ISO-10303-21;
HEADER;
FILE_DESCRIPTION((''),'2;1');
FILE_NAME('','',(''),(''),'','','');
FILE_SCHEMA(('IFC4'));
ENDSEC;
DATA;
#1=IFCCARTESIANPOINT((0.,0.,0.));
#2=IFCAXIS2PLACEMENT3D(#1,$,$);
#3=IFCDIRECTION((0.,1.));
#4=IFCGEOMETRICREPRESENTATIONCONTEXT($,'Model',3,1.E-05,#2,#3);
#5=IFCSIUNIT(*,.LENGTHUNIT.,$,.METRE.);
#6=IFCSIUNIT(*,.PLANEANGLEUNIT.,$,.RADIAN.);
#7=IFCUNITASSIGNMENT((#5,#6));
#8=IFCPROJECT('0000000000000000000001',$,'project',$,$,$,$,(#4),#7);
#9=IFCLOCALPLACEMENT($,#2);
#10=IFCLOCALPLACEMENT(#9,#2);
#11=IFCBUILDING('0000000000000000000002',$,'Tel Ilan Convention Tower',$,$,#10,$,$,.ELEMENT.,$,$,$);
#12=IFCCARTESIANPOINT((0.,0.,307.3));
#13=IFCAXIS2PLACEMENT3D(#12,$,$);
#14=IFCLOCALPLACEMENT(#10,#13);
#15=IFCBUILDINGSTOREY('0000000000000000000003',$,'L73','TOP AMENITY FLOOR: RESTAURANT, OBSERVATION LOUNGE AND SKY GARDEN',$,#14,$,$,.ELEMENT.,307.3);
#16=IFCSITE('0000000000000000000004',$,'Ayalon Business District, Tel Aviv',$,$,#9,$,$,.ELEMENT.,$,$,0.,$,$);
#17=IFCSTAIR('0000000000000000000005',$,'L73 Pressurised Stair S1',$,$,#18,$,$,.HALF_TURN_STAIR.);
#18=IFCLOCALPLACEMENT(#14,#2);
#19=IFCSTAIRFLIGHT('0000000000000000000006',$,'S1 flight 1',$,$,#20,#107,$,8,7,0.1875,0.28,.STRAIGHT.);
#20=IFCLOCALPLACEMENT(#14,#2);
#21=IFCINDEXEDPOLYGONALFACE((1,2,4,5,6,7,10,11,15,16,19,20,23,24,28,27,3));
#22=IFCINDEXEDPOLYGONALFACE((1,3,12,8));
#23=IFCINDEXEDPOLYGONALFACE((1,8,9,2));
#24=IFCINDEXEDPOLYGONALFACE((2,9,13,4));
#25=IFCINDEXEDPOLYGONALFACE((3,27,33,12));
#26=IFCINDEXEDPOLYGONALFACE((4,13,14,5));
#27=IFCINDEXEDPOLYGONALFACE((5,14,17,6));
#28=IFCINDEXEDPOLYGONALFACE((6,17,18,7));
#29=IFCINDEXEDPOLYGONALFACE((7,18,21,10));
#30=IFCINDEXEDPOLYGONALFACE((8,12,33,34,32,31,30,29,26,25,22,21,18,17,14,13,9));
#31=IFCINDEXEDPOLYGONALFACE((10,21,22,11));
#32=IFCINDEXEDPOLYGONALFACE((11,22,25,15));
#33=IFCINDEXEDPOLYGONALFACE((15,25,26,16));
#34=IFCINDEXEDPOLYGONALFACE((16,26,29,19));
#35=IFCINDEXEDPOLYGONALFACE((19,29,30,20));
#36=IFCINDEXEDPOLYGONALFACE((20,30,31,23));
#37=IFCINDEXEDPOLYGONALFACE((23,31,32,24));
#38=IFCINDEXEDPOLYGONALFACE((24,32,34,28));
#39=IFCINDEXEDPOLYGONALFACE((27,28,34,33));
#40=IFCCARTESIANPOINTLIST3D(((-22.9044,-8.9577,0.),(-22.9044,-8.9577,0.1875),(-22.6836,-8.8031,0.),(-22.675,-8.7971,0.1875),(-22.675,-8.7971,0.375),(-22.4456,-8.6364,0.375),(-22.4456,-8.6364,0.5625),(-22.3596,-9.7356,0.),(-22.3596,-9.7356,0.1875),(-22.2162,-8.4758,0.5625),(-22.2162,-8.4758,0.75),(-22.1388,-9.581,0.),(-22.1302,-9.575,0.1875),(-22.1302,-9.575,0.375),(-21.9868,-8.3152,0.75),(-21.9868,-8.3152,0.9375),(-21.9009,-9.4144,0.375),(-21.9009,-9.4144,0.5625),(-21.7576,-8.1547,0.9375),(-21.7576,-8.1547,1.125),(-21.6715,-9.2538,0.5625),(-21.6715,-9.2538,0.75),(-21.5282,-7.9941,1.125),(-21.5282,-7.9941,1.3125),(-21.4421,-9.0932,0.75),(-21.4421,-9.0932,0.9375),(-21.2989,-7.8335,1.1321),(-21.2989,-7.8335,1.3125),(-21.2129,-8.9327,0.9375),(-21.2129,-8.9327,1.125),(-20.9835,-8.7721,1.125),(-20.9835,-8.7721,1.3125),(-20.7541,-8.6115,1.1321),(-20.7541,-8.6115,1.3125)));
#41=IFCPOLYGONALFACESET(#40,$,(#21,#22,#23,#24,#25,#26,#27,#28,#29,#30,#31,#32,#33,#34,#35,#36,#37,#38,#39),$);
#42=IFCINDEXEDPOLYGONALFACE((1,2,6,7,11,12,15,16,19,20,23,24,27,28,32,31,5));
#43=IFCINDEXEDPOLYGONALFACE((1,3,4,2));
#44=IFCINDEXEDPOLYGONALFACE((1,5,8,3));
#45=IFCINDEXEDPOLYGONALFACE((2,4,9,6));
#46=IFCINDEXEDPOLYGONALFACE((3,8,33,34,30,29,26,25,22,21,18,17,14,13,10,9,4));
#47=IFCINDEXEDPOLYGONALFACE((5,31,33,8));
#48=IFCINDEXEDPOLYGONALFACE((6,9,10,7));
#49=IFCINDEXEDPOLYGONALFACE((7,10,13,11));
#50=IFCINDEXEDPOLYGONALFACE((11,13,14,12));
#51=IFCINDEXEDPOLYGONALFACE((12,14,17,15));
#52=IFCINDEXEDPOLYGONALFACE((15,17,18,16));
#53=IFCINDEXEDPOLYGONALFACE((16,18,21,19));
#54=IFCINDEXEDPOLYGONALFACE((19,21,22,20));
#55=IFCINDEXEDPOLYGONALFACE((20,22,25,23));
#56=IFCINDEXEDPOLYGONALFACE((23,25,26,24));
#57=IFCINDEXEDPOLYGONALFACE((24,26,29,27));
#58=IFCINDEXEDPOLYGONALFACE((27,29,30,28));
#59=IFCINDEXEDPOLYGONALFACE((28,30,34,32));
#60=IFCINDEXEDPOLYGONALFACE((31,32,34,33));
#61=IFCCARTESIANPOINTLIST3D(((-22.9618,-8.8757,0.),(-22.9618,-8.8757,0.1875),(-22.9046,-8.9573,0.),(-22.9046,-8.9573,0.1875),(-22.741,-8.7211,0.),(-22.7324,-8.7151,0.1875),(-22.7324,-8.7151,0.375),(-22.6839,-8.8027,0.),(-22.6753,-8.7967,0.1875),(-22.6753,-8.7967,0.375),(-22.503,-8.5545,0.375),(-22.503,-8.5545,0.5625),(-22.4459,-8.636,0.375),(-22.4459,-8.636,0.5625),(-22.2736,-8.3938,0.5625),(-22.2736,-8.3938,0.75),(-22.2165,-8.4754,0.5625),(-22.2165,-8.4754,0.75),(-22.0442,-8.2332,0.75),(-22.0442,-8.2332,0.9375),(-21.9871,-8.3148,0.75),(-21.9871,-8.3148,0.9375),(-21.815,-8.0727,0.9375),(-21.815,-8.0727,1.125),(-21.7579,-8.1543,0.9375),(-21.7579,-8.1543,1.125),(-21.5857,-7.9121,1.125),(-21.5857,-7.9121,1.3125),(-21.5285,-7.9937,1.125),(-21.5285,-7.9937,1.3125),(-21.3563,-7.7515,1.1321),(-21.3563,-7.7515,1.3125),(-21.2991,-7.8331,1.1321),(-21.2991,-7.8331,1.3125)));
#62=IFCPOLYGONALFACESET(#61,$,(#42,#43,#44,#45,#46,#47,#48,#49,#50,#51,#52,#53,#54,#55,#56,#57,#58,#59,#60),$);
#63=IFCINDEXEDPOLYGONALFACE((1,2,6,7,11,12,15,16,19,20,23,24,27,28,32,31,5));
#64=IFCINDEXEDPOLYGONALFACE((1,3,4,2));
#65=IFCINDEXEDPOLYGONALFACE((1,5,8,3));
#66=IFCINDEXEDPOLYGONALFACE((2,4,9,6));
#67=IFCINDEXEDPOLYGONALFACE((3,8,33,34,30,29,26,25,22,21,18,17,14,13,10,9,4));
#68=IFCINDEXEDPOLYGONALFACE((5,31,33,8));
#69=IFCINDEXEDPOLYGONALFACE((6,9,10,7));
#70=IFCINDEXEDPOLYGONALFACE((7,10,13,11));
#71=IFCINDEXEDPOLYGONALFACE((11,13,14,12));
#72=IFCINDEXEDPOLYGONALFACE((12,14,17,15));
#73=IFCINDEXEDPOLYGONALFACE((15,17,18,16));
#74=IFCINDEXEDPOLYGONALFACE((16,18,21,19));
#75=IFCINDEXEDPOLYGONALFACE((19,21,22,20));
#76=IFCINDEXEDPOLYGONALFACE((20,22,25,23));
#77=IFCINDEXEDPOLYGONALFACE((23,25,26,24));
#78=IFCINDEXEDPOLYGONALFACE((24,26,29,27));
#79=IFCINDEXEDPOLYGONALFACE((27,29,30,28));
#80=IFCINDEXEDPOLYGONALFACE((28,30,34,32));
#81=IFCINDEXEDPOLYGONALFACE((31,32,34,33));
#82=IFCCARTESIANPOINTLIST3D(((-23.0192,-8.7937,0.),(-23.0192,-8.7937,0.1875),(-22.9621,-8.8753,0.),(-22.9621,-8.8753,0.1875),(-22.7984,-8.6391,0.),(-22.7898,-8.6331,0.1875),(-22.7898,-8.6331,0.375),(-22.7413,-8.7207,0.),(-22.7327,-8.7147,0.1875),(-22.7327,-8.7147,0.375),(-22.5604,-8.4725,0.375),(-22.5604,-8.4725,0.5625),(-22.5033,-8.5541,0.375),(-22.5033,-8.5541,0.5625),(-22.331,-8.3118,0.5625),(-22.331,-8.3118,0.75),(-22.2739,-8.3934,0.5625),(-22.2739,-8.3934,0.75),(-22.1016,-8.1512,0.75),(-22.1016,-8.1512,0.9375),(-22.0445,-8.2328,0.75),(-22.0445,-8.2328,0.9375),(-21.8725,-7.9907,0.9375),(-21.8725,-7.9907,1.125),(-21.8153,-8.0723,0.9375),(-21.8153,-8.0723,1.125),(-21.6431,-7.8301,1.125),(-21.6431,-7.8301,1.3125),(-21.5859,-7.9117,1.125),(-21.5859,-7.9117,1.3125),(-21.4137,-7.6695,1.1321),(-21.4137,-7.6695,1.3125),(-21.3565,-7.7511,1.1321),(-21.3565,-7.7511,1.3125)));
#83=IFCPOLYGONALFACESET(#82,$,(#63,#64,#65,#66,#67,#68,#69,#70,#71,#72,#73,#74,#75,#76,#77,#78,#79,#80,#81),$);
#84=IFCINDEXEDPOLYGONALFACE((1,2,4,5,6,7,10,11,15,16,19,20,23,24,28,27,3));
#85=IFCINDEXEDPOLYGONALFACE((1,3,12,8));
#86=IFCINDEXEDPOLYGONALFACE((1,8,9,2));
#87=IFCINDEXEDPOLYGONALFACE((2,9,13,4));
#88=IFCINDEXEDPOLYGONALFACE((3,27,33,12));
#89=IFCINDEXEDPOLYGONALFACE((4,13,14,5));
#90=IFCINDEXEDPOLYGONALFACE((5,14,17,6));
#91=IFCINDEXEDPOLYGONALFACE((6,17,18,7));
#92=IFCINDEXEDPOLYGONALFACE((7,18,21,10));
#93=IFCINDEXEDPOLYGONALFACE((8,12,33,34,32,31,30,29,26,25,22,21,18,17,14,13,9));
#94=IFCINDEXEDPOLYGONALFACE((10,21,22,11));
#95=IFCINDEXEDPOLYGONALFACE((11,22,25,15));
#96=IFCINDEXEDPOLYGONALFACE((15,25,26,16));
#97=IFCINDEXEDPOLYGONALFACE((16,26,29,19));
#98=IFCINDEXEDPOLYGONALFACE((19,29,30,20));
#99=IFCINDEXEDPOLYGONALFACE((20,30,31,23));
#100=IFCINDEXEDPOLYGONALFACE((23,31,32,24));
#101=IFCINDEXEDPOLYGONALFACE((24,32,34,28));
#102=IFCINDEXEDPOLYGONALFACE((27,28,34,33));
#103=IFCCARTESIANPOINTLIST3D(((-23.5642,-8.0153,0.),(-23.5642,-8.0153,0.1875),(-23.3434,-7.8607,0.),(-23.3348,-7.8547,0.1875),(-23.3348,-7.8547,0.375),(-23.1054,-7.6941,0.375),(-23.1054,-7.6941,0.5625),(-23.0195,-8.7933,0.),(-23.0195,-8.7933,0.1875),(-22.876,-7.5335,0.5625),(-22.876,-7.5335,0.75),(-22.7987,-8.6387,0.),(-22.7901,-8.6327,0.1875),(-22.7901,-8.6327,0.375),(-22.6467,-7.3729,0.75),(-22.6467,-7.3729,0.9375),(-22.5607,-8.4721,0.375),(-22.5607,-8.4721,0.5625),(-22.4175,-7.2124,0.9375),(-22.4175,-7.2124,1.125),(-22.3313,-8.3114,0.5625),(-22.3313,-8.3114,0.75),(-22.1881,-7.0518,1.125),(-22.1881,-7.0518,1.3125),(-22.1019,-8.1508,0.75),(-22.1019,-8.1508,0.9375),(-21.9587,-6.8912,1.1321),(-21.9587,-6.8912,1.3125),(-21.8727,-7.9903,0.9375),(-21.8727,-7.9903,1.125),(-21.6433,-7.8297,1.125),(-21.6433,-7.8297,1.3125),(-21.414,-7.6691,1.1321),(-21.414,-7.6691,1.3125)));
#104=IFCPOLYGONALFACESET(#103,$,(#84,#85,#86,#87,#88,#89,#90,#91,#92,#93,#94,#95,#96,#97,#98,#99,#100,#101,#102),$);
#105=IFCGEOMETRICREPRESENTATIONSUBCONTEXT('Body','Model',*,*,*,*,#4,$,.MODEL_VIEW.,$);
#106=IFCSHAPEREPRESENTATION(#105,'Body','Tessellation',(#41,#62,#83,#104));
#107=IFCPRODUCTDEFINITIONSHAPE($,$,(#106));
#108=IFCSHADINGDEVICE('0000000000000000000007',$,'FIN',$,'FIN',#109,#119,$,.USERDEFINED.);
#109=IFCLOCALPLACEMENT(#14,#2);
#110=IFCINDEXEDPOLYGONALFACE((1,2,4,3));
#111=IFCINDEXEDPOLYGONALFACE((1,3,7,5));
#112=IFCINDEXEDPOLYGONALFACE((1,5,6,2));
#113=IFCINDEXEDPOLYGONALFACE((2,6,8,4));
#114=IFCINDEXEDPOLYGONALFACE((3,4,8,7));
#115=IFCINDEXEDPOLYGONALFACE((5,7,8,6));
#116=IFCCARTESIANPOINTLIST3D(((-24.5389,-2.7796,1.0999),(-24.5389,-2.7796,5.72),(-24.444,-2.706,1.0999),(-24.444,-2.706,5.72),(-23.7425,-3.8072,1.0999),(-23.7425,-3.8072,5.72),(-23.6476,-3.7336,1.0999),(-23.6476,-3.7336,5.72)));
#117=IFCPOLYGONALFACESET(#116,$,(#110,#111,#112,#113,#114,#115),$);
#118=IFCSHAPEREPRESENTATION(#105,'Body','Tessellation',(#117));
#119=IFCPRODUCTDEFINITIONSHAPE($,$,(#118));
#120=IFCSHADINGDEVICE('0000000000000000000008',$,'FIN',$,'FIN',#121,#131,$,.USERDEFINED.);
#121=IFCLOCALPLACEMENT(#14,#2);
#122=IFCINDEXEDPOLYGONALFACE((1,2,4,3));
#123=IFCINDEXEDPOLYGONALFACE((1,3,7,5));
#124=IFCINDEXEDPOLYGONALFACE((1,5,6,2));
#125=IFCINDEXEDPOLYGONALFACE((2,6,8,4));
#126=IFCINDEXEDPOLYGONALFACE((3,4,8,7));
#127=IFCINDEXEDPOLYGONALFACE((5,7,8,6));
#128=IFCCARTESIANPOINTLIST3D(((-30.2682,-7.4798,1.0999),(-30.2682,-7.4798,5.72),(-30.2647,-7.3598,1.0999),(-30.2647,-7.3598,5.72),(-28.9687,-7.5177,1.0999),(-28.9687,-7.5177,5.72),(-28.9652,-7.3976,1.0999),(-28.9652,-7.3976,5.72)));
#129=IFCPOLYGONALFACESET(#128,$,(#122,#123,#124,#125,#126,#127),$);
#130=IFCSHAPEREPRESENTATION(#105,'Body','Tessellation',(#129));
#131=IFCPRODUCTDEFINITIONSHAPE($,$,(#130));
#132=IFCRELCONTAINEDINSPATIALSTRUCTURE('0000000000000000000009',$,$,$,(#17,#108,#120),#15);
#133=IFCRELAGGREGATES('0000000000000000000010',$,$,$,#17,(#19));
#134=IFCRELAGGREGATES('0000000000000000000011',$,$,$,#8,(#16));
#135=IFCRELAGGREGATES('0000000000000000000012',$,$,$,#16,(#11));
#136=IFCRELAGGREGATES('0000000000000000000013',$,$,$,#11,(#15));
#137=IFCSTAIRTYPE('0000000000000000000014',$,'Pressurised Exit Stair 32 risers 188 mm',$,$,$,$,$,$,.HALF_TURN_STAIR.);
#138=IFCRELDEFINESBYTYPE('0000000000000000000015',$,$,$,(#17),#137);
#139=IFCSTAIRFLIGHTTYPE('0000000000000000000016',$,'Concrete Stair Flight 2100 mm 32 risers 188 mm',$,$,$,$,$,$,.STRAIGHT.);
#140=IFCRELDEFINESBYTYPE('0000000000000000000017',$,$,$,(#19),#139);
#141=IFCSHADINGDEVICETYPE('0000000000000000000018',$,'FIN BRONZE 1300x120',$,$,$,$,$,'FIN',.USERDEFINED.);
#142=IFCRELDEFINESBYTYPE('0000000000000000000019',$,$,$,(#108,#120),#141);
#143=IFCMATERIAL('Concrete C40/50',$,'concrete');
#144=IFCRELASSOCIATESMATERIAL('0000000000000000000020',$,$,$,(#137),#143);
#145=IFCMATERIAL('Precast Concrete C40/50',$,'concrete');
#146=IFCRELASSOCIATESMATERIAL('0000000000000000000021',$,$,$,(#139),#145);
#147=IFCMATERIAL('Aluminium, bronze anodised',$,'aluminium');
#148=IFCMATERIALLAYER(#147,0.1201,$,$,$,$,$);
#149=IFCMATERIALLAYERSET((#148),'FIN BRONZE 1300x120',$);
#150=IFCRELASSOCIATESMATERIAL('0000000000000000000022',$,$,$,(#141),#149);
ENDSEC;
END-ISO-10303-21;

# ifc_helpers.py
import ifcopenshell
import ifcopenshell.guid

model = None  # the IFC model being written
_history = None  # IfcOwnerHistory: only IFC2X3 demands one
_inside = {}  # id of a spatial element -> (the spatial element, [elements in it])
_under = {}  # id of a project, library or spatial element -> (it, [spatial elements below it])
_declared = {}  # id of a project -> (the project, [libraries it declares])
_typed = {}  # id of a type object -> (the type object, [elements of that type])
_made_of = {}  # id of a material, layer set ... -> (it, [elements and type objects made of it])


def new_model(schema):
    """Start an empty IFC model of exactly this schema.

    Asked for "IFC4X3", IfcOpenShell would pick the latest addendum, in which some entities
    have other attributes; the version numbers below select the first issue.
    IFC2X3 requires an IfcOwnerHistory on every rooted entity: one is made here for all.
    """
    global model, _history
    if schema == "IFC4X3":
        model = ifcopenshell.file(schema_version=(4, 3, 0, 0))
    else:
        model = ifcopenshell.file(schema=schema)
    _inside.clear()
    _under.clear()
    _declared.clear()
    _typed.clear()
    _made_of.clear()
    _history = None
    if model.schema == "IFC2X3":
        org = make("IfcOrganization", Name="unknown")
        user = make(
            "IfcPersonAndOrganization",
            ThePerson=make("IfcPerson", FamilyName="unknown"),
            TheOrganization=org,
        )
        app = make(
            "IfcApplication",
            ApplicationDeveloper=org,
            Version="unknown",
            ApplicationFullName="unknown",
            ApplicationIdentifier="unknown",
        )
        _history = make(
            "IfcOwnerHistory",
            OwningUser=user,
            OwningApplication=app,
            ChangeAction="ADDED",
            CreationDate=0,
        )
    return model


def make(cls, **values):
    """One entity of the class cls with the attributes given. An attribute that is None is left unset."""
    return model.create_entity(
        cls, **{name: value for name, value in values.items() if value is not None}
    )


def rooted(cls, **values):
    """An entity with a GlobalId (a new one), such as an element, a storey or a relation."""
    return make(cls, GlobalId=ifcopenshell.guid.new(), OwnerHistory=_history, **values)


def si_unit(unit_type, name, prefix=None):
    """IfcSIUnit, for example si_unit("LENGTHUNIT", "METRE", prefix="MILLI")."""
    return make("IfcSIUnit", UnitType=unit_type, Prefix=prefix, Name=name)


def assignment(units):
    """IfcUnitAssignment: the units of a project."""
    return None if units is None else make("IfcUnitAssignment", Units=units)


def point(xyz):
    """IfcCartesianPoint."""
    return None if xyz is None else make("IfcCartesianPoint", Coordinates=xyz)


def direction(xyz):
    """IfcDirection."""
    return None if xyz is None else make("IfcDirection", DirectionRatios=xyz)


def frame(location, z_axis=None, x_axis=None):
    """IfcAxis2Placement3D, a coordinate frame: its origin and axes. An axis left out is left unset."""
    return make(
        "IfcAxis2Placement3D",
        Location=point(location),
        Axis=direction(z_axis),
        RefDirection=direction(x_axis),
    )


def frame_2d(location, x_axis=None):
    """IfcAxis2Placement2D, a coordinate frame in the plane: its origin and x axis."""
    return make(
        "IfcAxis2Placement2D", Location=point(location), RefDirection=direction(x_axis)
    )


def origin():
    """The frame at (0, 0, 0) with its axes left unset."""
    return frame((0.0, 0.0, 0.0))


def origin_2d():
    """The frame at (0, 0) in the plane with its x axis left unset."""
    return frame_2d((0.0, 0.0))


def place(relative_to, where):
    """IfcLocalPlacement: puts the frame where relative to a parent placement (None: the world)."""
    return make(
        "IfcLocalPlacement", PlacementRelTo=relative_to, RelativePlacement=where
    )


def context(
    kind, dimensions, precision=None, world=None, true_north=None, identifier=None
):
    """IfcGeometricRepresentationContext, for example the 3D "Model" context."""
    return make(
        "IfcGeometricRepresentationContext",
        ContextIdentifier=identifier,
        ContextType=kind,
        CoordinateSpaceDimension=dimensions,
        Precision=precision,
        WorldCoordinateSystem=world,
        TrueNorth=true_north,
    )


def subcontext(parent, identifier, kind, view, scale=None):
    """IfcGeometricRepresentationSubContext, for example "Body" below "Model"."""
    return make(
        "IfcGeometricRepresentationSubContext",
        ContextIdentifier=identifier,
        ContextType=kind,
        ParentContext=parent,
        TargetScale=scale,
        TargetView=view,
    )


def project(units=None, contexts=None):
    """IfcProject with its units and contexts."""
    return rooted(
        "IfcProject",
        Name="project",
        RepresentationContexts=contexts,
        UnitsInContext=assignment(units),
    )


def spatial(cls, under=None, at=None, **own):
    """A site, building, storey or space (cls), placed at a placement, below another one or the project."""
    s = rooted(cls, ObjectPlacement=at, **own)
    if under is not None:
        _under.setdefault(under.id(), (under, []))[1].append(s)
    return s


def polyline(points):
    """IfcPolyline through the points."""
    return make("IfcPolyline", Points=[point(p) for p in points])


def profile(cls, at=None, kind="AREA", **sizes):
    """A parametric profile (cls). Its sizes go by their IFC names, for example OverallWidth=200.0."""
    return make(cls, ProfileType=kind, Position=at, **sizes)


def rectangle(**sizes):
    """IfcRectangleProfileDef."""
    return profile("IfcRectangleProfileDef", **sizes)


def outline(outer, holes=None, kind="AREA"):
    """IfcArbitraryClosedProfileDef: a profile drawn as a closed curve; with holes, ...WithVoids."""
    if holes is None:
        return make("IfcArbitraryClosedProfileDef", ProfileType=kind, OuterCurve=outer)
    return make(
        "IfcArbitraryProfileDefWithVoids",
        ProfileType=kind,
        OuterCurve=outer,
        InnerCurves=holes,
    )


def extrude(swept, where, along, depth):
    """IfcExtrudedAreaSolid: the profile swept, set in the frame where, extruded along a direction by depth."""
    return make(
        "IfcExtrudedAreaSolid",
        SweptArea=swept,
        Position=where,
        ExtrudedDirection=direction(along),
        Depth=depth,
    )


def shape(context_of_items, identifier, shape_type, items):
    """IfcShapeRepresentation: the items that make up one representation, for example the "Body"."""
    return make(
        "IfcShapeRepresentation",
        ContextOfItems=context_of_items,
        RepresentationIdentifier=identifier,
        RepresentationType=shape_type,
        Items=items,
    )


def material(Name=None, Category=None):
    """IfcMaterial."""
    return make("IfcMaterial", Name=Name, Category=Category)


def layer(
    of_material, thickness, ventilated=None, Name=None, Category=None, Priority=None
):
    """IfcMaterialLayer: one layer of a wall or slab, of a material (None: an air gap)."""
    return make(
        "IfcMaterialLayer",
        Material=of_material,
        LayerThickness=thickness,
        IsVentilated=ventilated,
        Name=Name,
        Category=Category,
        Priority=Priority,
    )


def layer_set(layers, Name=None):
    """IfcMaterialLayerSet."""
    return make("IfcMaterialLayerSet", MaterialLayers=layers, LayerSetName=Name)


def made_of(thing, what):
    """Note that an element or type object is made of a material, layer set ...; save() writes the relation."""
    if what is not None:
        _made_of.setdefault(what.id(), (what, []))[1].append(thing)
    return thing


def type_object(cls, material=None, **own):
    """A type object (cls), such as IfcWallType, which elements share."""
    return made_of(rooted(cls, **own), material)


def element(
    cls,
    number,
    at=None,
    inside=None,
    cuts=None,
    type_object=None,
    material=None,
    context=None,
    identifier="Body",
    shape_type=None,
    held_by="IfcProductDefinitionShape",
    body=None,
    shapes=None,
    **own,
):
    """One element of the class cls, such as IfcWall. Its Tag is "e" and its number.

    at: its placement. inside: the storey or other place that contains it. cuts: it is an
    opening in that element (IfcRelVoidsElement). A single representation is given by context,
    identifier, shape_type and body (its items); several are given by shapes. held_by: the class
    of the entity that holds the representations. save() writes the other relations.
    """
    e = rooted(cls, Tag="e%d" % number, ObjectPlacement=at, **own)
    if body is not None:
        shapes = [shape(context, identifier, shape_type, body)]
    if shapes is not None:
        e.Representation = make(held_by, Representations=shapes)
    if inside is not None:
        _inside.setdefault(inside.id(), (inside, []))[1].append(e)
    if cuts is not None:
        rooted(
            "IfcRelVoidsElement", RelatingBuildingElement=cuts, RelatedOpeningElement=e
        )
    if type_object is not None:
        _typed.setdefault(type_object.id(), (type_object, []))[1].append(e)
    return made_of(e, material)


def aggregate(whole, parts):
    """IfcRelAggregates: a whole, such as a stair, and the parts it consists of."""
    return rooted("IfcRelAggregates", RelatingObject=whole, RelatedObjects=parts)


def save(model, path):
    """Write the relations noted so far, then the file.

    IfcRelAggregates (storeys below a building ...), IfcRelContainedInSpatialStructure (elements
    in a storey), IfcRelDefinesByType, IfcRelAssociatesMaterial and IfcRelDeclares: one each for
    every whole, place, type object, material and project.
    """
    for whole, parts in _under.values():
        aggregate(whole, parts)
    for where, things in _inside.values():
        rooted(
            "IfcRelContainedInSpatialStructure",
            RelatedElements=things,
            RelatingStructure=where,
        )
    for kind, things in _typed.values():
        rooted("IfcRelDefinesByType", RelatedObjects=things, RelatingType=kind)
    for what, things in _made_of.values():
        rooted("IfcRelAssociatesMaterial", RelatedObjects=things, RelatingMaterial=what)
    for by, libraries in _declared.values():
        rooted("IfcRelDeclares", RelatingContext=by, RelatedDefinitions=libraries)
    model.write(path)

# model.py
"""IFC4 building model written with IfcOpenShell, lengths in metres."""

from ifc_helpers import new_model, si_unit, direction, frame, origin, origin_2d, place, context, subcontext, project, spatial, polyline, rectangle, outline, extrude, material, layer, layer_set, type_object, element, aggregate, save


model = new_model("IFC4")

# Units and contexts
model_context = context("Model", 3, precision=1e-05, world=origin(), true_north=direction((0.0, 1.0)))
body_context = subcontext(model_context, "Body", "Model", "MODEL_VIEW")
ifc_project = project(units=[si_unit("LENGTHUNIT", "METRE"), si_unit("PLANEANGLEUNIT", "RADIAN")], contexts=[model_context])

# Site, building, storey
site_placement = place(None, origin())
site = spatial("IfcSite", under=ifc_project, at=site_placement, Name="Ayalon Business District, Tel Aviv", CompositionType="ELEMENT", RefElevation=0.0)
building_placement = place(site_placement, origin())
building = spatial("IfcBuilding", under=site, at=building_placement, Name="Tel Ilan Convention Tower", CompositionType="ELEMENT")
storey_placement = place(building_placement, frame((0.0, 0.0, 307.3)))
storey = spatial("IfcBuildingStorey", under=building, at=storey_placement, Name="L73", Description="TOP AMENITY FLOOR: RESTAURANT, OBSERVATION LOUNGE AND SKY GARDEN", CompositionType="ELEMENT", Elevation=307.3)

# Stair, stair flight
ifc_material_1 = material(Name="Concrete C40/50", Category="concrete")
stair_type = type_object("IfcStairType", Name="Pressurised Exit Stair 32 risers 188 mm", PredefinedType="HALF_TURN_STAIR", material=ifc_material_1)
stair_placement = place(storey_placement, origin())
stair = element("IfcStair", 1, at=stair_placement, inside=storey, type_object=stair_type, Name="L73 Pressurised Stair S1", PredefinedType="HALF_TURN_STAIR")
ifc_material_2 = material(Name="Precast Concrete C40/50", Category="concrete")
stair_flight_type = type_object("IfcStairFlightType", Name="Concrete Stair Flight 2100 mm 32 risers 188 mm", PredefinedType="STRAIGHT", material=ifc_material_2)
stair_flight_placement = place(storey_placement, frame((-22.9619, -8.8755, 0.0), z_axis=(0.0, 0.0, 1.0), x_axis=(0.819152, 0.573576, 0.0)))
stair_flight = element("IfcStairFlight", 2, at=stair_flight_placement, type_object=stair_flight_type, Name="S1 flight 1", NumberOfRisers=8, NumberOfTreads=7, PredefinedType="STRAIGHT", RiserHeight=0.1875, TreadLength=0.28, context=body_context, shape_type="SweptSolid", body=[
    extrude(outline(polyline([(0.0, 0.0), (0.0, 0.1875), (0.28, 0.1875), (0.28, 0.375), (0.5601, 0.375), (0.5601, 0.5625), (0.8401, 0.5625), (0.8401, 0.75), (1.1201, 0.75), (1.1201, 0.9375), (1.3999, 0.9375), (1.3999, 1.125), (1.6799, 1.125), (1.6799, 1.3125), (1.96, 1.3125), (1.96, 1.5), (1.96, 1.1321), (0.2695, 0.0), (0.0, 0.0)])), frame((0.0, -0.1003, 0.0), z_axis=(0.0, -1.0, 0.0), x_axis=(1.0, 0.0, 0.0)), (0.0, 0.0, 1.0), 0.9497),
    extrude(outline(polyline([(0.0, 0.0), (0.0, 0.1875), (0.28, 0.1875), (0.28, 0.375), (0.5601, 0.375), (0.5601, 0.5625), (0.8401, 0.5625), (0.8401, 0.75), (1.1201, 0.75), (1.1201, 0.9375), (1.3999, 0.9375), (1.3999, 1.125), (1.6799, 1.125), (1.6799, 1.3125), (1.96, 1.3125), (1.96, 1.5), (1.96, 1.1321), (0.2695, 0.0), (0.0, 0.0)])), frame((0.0, -0.0002, 0.0), z_axis=(0.0, -1.0, 0.0), x_axis=(1.0, 0.0, 0.0)), (0.0, 0.0, 1.0), 0.0996),
    extrude(outline(polyline([(0.0, 0.0), (0.0, 0.1875), (0.28, 0.1875), (0.28, 0.375), (0.5601, 0.375), (0.5601, 0.5625), (0.8401, 0.5625), (0.8401, 0.75), (1.1201, 0.75), (1.1201, 0.9375), (1.3999, 0.9375), (1.3999, 1.125), (1.6799, 1.125), (1.6799, 1.3125), (1.96, 1.3125), (1.96, 1.5), (1.96, 1.1321), (0.2695, 0.0), (0.0, 0.0)])), frame((0.0, 0.0999, 0.0), z_axis=(0.0, -1.0, 0.0), x_axis=(1.0, 0.0, 0.0)), (0.0, 0.0, 1.0), 0.0996),
    extrude(outline(polyline([(0.0, 0.0), (0.0, 0.1875), (0.28, 0.1875), (0.28, 0.375), (0.5601, 0.375), (0.5601, 0.5625), (0.8401, 0.5625), (0.8401, 0.75), (1.1201, 0.75), (1.1201, 0.9375), (1.3999, 0.9375), (1.3999, 1.125), (1.6799, 1.125), (1.6799, 1.3125), (1.96, 1.3125), (1.96, 1.5), (1.96, 1.1321), (0.2695, 0.0), (0.0, 0.0)])), frame((0.0, 1.05, 0.0), z_axis=(0.0, -1.0, 0.0), x_axis=(1.0, 0.0, 0.0)), (0.0, 0.0, 1.0), 0.9497),
])
aggregate(stair, [stair_flight])

# Shading devices
ifc_material_3 = material(Name="Aluminium, bronze anodised", Category="aluminium")
ifc_layer_1 = layer(ifc_material_3, 0.1201)
ifc_layer_set_1 = layer_set([ifc_layer_1], Name="FIN BRONZE 1300x120")
shading_device_type = type_object("IfcShadingDeviceType", Name="FIN BRONZE 1300x120", ElementType="FIN", PredefinedType="USERDEFINED", material=ifc_layer_set_1)
for number, where, z_axis, x_axis, name in (
    (3, (-24.0933, -3.2566, 1.0999), (0.0, 0.0, 1.0), (-0.612601, 0.790393, 0.0), "FIN"),
    (4, (-29.6167, -7.4387, 1.0999), (0.0, 0.0, 1.0), (-0.999577, 0.029085, 0.0), "FIN"),
):
    element("IfcShadingDevice", number, at=place(storey_placement, frame(where, z_axis=z_axis, x_axis=x_axis)), inside=storey, type_object=shading_device_type, Name=name, ObjectType="FIN", PredefinedType="USERDEFINED", context=body_context, shape_type="SweptSolid", body=[
        extrude(rectangle(XDim=1.3, YDim=0.1201, at=origin_2d()), origin(), (0.0, 0.0, 1.0), 4.6201),
    ])

save(model, "model.ifc")
